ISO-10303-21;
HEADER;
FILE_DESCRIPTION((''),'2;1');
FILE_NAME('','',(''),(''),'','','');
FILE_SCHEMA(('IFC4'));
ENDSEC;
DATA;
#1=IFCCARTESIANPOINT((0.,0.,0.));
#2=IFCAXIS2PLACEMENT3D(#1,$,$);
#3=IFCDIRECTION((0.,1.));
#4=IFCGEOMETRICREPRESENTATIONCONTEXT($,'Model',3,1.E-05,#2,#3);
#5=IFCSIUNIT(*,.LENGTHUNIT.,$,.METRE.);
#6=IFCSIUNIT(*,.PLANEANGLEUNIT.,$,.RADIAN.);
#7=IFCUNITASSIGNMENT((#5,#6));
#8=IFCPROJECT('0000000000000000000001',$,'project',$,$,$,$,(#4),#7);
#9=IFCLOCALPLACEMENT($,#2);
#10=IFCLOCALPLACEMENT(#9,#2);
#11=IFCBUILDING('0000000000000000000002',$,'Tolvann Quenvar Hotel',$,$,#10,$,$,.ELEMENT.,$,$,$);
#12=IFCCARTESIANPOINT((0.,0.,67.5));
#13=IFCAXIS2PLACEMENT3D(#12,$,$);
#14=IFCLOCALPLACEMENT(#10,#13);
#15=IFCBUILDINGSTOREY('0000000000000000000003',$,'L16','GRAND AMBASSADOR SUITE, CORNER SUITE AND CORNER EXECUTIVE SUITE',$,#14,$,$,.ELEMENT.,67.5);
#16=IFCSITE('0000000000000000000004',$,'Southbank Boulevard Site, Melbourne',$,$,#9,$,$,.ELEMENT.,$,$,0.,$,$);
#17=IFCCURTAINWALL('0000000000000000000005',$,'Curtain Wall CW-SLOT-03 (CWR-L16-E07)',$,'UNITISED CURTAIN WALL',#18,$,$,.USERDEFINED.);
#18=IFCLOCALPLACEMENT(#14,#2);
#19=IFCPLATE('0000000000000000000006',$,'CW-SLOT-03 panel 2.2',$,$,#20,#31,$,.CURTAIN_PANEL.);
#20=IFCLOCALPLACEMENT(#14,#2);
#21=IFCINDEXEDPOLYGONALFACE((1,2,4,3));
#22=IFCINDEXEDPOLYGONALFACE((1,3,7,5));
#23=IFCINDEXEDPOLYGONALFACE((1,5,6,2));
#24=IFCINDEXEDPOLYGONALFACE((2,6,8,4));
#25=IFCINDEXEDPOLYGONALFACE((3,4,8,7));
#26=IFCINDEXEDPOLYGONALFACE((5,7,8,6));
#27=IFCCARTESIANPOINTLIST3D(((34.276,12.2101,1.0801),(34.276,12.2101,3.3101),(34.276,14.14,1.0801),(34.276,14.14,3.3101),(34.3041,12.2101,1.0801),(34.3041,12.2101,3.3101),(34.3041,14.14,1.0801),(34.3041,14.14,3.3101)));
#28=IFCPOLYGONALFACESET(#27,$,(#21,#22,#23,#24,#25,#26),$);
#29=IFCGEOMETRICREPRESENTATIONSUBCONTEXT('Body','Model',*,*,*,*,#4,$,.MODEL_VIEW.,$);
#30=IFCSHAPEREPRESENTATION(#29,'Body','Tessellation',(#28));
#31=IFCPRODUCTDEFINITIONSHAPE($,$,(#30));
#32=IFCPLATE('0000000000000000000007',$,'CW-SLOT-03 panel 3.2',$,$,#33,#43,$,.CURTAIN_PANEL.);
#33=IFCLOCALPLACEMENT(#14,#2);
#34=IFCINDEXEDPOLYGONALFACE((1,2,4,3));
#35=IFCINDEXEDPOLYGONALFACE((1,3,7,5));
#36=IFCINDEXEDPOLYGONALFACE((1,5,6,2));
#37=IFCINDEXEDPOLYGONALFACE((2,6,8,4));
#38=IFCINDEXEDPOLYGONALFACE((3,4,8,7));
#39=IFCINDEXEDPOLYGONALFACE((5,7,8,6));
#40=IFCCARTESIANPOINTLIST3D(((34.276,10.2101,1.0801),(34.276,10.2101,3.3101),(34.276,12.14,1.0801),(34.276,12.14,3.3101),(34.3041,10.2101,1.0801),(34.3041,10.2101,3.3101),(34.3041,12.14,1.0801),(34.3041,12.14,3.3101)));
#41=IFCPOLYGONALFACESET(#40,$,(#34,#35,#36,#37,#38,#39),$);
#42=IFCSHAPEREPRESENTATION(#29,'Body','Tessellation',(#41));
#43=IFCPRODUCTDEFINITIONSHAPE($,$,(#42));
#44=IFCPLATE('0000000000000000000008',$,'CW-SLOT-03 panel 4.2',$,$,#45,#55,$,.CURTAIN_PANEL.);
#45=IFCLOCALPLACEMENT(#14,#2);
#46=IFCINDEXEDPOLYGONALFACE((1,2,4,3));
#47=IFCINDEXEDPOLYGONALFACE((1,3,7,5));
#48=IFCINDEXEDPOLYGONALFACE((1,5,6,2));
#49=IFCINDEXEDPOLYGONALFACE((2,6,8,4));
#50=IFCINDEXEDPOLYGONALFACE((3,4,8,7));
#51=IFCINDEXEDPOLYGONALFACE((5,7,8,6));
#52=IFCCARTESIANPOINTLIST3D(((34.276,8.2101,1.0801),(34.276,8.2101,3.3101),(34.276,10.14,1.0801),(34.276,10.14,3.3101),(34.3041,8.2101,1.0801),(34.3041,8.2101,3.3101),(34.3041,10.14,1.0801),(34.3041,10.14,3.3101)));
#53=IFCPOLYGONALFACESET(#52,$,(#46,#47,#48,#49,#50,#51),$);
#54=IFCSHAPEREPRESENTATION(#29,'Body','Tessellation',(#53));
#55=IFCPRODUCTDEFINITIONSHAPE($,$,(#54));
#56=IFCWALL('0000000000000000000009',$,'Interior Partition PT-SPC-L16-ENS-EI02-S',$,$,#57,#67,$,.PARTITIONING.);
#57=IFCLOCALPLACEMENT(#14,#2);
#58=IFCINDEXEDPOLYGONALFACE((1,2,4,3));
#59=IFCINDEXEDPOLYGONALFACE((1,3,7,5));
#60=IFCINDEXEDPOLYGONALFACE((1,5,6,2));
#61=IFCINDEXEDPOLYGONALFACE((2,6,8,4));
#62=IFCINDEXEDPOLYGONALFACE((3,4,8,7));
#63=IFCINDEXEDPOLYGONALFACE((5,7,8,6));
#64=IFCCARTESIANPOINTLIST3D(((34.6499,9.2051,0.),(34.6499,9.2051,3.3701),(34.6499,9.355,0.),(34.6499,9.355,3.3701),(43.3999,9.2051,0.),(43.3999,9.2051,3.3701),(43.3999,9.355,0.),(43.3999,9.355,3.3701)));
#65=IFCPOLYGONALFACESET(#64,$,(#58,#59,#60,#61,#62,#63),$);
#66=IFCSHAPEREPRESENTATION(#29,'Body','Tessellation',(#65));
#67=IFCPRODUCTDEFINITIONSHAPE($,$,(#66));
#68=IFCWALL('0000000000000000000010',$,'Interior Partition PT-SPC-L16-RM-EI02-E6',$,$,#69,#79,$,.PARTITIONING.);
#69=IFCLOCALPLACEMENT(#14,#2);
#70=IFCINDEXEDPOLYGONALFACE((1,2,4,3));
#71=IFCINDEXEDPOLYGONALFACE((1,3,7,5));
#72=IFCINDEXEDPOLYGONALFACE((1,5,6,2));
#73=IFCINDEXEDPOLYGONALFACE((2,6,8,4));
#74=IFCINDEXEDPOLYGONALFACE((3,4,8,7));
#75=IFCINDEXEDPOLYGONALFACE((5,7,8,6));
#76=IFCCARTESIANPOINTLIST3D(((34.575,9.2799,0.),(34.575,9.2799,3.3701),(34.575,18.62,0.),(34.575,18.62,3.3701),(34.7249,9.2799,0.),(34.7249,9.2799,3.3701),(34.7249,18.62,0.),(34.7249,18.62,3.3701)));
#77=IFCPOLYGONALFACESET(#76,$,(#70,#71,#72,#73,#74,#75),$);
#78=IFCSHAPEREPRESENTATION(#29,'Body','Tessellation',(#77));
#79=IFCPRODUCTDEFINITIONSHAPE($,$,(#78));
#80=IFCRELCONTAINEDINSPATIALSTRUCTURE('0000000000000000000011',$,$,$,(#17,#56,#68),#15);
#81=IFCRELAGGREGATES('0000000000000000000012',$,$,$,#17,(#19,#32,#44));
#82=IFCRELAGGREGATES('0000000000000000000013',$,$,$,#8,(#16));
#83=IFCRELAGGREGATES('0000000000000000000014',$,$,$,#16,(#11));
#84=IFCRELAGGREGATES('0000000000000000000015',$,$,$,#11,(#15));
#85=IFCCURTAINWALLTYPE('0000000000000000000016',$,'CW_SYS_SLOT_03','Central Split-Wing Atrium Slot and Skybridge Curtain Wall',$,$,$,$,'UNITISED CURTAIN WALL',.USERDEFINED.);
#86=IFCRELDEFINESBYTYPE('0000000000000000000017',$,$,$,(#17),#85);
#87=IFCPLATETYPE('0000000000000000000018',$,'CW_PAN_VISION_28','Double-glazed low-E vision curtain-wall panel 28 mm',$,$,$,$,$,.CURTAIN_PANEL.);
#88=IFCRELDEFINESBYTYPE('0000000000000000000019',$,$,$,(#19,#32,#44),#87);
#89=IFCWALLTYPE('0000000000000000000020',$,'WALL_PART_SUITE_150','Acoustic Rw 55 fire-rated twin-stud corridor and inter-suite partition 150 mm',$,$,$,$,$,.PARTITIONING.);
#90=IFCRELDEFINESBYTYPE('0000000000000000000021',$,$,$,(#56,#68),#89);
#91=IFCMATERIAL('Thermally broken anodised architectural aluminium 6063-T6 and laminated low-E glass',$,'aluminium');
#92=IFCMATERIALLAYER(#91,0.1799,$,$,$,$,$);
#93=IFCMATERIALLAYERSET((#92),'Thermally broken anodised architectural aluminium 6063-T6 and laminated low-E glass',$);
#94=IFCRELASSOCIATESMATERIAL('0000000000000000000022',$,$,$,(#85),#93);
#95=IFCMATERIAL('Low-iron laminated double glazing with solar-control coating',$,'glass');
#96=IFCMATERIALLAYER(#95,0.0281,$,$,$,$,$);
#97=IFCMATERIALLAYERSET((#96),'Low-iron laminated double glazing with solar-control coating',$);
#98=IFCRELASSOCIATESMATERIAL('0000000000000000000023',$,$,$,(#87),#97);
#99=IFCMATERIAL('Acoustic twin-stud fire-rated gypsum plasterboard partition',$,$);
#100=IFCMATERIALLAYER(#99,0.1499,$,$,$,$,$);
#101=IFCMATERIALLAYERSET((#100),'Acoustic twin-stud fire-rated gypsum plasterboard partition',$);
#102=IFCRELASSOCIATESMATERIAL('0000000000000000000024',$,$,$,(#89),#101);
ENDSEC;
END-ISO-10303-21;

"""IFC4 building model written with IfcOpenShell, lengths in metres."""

from ifc_helpers import new_model, si_unit, direction, frame, frame_2d, origin, origin_2d, place, context, subcontext, project, spatial, rectangle, extrude, source, transform, mapped, material, layer, layer_set, type_object, element, aggregate, save


model = new_model("IFC4")

# Units and contexts
model_context = context("Model", 3, precision=1e-05, world=origin(), true_north=direction((0.0, 1.0)))
body_context = subcontext(model_context, "Body", "Model", "MODEL_VIEW")
ifc_project = project(units=[si_unit("LENGTHUNIT", "METRE"), si_unit("PLANEANGLEUNIT", "RADIAN")], contexts=[model_context])

# Site, building, storey
site_placement = place(None, origin())
site = spatial("IfcSite", under=ifc_project, at=site_placement, Name="Southbank Boulevard Site, Melbourne", CompositionType="ELEMENT", RefElevation=0.0)
building_placement = place(site_placement, origin())
building = spatial("IfcBuilding", under=site, at=building_placement, Name="Tolvann Quenvar Hotel", CompositionType="ELEMENT")
storey_placement = place(building_placement, frame((0.0, 0.0, 67.5)))
storey = spatial("IfcBuildingStorey", under=building, at=storey_placement, Name="L16", Description="GRAND AMBASSADOR SUITE, CORNER SUITE AND CORNER EXECUTIVE SUITE", CompositionType="ELEMENT", Elevation=67.5)

# Curtain wall
ifc_material_1 = material(Name="Thermally broken anodised architectural aluminium 6063-T6 and laminated low-E glass", Category="aluminium")
ifc_layer_1 = layer(ifc_material_1, 0.1799)
ifc_layer_set_1 = layer_set([ifc_layer_1], Name="Thermally broken anodised architectural aluminium 6063-T6 and laminated low-E glass")
curtain_wall_type = type_object("IfcCurtainWallType", Name="CW_SYS_SLOT_03", Description="Central Split-Wing Atrium Slot and Skybridge Curtain Wall", ElementType="UNITISED CURTAIN WALL", PredefinedType="USERDEFINED", material=ifc_layer_set_1)
curtain_wall_1_placement = place(storey_placement, origin())
curtain_wall_1 = element("IfcCurtainWall", 1, at=curtain_wall_1_placement, inside=storey, type_object=curtain_wall_type, Name="Curtain Wall CW-SLOT-03 (CWR-L16-E07)", ObjectType="UNITISED CURTAIN WALL", PredefinedType="USERDEFINED")

# Shared definitions
ifc_material_2 = material(Name="Low-iron laminated double glazing with solar-control coating", Category="glass")
ifc_layer_2 = layer(ifc_material_2, 0.0281)
ifc_layer_set_2 = layer_set([ifc_layer_2], Name="Low-iron laminated double glazing with solar-control coating")
plate_type = type_object("IfcPlateType", Name="CW_PAN_VISION_28", Description="Double-glazed low-E vision curtain-wall panel 28 mm", PredefinedType="CURTAIN_PANEL", material=ifc_layer_set_2)

# Plates
shared_shape_1 = source(origin(), body_context, "Body", "SweptSolid", [
    extrude(rectangle(XDim=1.9299, YDim=0.0281, at=origin_2d()), origin(), (0.0, 0.0, 1.0), 2.23),
])
plate_1_placement = place(storey_placement, frame((34.29, 13.175, 1.0801), z_axis=(0.0, 0.0, 1.0), x_axis=(0.0, -1.0, 0.0)))
plate_1 = element("IfcPlate", 2, at=plate_1_placement, type_object=plate_type, Name="CW-SLOT-03 panel 2.2", PredefinedType="CURTAIN_PANEL", context=body_context, shape_type="MappedRepresentation", body=[
    mapped(shared_shape_1, transform((0.0, 0.0, 0.0), x_axis=(1.0, 0.0, 0.0), y_axis=(0.0, 1.0, 0.0), z_axis=(0.0, 0.0, 1.0), scale=1.0)),
])
plate_2_placement = place(storey_placement, frame((34.29, 11.175, 1.0801), z_axis=(0.0, 0.0, 1.0), x_axis=(0.0, -1.0, 0.0)))
plate_2 = element("IfcPlate", 3, at=plate_2_placement, type_object=plate_type, Name="CW-SLOT-03 panel 3.2", PredefinedType="CURTAIN_PANEL", context=body_context, shape_type="MappedRepresentation", body=[
    mapped(shared_shape_1, transform((0.0, 0.0, 0.0), x_axis=(1.0, 0.0, 0.0), y_axis=(0.0, 1.0, 0.0), z_axis=(0.0, 0.0, 1.0), scale=1.0)),
])
plate_3_placement = place(storey_placement, frame((34.29, 9.175, 1.0801), z_axis=(0.0, 0.0, 1.0), x_axis=(0.0, -1.0, 0.0)))
plate_3 = element("IfcPlate", 4, at=plate_3_placement, type_object=plate_type, Name="CW-SLOT-03 panel 4.2", PredefinedType="CURTAIN_PANEL", context=body_context, shape_type="MappedRepresentation", body=[
    mapped(shared_shape_1, transform((0.0, 0.0, 0.0), x_axis=(1.0, 0.0, 0.0), y_axis=(0.0, 1.0, 0.0), z_axis=(0.0, 0.0, 1.0), scale=1.0)),
])
aggregate(curtain_wall_1, [plate_1, plate_2, plate_3])

# Walls
ifc_material_3 = material(Name="Acoustic twin-stud fire-rated gypsum plasterboard partition")
ifc_layer_3 = layer(ifc_material_3, 0.1499)
ifc_layer_set_3 = layer_set([ifc_layer_3], Name="Acoustic twin-stud fire-rated gypsum plasterboard partition")
wall_type = type_object("IfcWallType", Name="WALL_PART_SUITE_150", Description="Acoustic Rw 55 fire-rated twin-stud corridor and inter-suite partition 150 mm", PredefinedType="PARTITIONING", material=ifc_layer_set_3)
wall_1_placement = place(storey_placement, frame((34.6499, 9.28, 0.0), z_axis=(0.0, 0.0, 1.0), x_axis=(1.0, 0.0, 0.0)))
element("IfcWall", 5, at=wall_1_placement, inside=storey, type_object=wall_type, Name="Interior Partition PT-SPC-L16-ENS-EI02-S", PredefinedType="PARTITIONING", context=body_context, shape_type="SweptSolid", body=[
    extrude(rectangle(XDim=8.75, YDim=0.1499, at=frame_2d((4.375, 0.0))), origin(), (0.0, 0.0, 1.0), 3.3701),
])
wall_2_placement = place(storey_placement, frame((34.6499, 9.28, 0.0), z_axis=(0.0, 0.0, 1.0), x_axis=(0.0, 1.0, 0.0)))
element("IfcWall", 6, at=wall_2_placement, inside=storey, type_object=wall_type, Name="Interior Partition PT-SPC-L16-RM-EI02-E6", PredefinedType="PARTITIONING", context=body_context, shape_type="SweptSolid", body=[
    extrude(rectangle(XDim=9.3401, YDim=0.1499, at=frame_2d((4.6699, 0.0))), origin(), (0.0, 0.0, 1.0), 3.3701),
])

save(model, "model.ifc")
